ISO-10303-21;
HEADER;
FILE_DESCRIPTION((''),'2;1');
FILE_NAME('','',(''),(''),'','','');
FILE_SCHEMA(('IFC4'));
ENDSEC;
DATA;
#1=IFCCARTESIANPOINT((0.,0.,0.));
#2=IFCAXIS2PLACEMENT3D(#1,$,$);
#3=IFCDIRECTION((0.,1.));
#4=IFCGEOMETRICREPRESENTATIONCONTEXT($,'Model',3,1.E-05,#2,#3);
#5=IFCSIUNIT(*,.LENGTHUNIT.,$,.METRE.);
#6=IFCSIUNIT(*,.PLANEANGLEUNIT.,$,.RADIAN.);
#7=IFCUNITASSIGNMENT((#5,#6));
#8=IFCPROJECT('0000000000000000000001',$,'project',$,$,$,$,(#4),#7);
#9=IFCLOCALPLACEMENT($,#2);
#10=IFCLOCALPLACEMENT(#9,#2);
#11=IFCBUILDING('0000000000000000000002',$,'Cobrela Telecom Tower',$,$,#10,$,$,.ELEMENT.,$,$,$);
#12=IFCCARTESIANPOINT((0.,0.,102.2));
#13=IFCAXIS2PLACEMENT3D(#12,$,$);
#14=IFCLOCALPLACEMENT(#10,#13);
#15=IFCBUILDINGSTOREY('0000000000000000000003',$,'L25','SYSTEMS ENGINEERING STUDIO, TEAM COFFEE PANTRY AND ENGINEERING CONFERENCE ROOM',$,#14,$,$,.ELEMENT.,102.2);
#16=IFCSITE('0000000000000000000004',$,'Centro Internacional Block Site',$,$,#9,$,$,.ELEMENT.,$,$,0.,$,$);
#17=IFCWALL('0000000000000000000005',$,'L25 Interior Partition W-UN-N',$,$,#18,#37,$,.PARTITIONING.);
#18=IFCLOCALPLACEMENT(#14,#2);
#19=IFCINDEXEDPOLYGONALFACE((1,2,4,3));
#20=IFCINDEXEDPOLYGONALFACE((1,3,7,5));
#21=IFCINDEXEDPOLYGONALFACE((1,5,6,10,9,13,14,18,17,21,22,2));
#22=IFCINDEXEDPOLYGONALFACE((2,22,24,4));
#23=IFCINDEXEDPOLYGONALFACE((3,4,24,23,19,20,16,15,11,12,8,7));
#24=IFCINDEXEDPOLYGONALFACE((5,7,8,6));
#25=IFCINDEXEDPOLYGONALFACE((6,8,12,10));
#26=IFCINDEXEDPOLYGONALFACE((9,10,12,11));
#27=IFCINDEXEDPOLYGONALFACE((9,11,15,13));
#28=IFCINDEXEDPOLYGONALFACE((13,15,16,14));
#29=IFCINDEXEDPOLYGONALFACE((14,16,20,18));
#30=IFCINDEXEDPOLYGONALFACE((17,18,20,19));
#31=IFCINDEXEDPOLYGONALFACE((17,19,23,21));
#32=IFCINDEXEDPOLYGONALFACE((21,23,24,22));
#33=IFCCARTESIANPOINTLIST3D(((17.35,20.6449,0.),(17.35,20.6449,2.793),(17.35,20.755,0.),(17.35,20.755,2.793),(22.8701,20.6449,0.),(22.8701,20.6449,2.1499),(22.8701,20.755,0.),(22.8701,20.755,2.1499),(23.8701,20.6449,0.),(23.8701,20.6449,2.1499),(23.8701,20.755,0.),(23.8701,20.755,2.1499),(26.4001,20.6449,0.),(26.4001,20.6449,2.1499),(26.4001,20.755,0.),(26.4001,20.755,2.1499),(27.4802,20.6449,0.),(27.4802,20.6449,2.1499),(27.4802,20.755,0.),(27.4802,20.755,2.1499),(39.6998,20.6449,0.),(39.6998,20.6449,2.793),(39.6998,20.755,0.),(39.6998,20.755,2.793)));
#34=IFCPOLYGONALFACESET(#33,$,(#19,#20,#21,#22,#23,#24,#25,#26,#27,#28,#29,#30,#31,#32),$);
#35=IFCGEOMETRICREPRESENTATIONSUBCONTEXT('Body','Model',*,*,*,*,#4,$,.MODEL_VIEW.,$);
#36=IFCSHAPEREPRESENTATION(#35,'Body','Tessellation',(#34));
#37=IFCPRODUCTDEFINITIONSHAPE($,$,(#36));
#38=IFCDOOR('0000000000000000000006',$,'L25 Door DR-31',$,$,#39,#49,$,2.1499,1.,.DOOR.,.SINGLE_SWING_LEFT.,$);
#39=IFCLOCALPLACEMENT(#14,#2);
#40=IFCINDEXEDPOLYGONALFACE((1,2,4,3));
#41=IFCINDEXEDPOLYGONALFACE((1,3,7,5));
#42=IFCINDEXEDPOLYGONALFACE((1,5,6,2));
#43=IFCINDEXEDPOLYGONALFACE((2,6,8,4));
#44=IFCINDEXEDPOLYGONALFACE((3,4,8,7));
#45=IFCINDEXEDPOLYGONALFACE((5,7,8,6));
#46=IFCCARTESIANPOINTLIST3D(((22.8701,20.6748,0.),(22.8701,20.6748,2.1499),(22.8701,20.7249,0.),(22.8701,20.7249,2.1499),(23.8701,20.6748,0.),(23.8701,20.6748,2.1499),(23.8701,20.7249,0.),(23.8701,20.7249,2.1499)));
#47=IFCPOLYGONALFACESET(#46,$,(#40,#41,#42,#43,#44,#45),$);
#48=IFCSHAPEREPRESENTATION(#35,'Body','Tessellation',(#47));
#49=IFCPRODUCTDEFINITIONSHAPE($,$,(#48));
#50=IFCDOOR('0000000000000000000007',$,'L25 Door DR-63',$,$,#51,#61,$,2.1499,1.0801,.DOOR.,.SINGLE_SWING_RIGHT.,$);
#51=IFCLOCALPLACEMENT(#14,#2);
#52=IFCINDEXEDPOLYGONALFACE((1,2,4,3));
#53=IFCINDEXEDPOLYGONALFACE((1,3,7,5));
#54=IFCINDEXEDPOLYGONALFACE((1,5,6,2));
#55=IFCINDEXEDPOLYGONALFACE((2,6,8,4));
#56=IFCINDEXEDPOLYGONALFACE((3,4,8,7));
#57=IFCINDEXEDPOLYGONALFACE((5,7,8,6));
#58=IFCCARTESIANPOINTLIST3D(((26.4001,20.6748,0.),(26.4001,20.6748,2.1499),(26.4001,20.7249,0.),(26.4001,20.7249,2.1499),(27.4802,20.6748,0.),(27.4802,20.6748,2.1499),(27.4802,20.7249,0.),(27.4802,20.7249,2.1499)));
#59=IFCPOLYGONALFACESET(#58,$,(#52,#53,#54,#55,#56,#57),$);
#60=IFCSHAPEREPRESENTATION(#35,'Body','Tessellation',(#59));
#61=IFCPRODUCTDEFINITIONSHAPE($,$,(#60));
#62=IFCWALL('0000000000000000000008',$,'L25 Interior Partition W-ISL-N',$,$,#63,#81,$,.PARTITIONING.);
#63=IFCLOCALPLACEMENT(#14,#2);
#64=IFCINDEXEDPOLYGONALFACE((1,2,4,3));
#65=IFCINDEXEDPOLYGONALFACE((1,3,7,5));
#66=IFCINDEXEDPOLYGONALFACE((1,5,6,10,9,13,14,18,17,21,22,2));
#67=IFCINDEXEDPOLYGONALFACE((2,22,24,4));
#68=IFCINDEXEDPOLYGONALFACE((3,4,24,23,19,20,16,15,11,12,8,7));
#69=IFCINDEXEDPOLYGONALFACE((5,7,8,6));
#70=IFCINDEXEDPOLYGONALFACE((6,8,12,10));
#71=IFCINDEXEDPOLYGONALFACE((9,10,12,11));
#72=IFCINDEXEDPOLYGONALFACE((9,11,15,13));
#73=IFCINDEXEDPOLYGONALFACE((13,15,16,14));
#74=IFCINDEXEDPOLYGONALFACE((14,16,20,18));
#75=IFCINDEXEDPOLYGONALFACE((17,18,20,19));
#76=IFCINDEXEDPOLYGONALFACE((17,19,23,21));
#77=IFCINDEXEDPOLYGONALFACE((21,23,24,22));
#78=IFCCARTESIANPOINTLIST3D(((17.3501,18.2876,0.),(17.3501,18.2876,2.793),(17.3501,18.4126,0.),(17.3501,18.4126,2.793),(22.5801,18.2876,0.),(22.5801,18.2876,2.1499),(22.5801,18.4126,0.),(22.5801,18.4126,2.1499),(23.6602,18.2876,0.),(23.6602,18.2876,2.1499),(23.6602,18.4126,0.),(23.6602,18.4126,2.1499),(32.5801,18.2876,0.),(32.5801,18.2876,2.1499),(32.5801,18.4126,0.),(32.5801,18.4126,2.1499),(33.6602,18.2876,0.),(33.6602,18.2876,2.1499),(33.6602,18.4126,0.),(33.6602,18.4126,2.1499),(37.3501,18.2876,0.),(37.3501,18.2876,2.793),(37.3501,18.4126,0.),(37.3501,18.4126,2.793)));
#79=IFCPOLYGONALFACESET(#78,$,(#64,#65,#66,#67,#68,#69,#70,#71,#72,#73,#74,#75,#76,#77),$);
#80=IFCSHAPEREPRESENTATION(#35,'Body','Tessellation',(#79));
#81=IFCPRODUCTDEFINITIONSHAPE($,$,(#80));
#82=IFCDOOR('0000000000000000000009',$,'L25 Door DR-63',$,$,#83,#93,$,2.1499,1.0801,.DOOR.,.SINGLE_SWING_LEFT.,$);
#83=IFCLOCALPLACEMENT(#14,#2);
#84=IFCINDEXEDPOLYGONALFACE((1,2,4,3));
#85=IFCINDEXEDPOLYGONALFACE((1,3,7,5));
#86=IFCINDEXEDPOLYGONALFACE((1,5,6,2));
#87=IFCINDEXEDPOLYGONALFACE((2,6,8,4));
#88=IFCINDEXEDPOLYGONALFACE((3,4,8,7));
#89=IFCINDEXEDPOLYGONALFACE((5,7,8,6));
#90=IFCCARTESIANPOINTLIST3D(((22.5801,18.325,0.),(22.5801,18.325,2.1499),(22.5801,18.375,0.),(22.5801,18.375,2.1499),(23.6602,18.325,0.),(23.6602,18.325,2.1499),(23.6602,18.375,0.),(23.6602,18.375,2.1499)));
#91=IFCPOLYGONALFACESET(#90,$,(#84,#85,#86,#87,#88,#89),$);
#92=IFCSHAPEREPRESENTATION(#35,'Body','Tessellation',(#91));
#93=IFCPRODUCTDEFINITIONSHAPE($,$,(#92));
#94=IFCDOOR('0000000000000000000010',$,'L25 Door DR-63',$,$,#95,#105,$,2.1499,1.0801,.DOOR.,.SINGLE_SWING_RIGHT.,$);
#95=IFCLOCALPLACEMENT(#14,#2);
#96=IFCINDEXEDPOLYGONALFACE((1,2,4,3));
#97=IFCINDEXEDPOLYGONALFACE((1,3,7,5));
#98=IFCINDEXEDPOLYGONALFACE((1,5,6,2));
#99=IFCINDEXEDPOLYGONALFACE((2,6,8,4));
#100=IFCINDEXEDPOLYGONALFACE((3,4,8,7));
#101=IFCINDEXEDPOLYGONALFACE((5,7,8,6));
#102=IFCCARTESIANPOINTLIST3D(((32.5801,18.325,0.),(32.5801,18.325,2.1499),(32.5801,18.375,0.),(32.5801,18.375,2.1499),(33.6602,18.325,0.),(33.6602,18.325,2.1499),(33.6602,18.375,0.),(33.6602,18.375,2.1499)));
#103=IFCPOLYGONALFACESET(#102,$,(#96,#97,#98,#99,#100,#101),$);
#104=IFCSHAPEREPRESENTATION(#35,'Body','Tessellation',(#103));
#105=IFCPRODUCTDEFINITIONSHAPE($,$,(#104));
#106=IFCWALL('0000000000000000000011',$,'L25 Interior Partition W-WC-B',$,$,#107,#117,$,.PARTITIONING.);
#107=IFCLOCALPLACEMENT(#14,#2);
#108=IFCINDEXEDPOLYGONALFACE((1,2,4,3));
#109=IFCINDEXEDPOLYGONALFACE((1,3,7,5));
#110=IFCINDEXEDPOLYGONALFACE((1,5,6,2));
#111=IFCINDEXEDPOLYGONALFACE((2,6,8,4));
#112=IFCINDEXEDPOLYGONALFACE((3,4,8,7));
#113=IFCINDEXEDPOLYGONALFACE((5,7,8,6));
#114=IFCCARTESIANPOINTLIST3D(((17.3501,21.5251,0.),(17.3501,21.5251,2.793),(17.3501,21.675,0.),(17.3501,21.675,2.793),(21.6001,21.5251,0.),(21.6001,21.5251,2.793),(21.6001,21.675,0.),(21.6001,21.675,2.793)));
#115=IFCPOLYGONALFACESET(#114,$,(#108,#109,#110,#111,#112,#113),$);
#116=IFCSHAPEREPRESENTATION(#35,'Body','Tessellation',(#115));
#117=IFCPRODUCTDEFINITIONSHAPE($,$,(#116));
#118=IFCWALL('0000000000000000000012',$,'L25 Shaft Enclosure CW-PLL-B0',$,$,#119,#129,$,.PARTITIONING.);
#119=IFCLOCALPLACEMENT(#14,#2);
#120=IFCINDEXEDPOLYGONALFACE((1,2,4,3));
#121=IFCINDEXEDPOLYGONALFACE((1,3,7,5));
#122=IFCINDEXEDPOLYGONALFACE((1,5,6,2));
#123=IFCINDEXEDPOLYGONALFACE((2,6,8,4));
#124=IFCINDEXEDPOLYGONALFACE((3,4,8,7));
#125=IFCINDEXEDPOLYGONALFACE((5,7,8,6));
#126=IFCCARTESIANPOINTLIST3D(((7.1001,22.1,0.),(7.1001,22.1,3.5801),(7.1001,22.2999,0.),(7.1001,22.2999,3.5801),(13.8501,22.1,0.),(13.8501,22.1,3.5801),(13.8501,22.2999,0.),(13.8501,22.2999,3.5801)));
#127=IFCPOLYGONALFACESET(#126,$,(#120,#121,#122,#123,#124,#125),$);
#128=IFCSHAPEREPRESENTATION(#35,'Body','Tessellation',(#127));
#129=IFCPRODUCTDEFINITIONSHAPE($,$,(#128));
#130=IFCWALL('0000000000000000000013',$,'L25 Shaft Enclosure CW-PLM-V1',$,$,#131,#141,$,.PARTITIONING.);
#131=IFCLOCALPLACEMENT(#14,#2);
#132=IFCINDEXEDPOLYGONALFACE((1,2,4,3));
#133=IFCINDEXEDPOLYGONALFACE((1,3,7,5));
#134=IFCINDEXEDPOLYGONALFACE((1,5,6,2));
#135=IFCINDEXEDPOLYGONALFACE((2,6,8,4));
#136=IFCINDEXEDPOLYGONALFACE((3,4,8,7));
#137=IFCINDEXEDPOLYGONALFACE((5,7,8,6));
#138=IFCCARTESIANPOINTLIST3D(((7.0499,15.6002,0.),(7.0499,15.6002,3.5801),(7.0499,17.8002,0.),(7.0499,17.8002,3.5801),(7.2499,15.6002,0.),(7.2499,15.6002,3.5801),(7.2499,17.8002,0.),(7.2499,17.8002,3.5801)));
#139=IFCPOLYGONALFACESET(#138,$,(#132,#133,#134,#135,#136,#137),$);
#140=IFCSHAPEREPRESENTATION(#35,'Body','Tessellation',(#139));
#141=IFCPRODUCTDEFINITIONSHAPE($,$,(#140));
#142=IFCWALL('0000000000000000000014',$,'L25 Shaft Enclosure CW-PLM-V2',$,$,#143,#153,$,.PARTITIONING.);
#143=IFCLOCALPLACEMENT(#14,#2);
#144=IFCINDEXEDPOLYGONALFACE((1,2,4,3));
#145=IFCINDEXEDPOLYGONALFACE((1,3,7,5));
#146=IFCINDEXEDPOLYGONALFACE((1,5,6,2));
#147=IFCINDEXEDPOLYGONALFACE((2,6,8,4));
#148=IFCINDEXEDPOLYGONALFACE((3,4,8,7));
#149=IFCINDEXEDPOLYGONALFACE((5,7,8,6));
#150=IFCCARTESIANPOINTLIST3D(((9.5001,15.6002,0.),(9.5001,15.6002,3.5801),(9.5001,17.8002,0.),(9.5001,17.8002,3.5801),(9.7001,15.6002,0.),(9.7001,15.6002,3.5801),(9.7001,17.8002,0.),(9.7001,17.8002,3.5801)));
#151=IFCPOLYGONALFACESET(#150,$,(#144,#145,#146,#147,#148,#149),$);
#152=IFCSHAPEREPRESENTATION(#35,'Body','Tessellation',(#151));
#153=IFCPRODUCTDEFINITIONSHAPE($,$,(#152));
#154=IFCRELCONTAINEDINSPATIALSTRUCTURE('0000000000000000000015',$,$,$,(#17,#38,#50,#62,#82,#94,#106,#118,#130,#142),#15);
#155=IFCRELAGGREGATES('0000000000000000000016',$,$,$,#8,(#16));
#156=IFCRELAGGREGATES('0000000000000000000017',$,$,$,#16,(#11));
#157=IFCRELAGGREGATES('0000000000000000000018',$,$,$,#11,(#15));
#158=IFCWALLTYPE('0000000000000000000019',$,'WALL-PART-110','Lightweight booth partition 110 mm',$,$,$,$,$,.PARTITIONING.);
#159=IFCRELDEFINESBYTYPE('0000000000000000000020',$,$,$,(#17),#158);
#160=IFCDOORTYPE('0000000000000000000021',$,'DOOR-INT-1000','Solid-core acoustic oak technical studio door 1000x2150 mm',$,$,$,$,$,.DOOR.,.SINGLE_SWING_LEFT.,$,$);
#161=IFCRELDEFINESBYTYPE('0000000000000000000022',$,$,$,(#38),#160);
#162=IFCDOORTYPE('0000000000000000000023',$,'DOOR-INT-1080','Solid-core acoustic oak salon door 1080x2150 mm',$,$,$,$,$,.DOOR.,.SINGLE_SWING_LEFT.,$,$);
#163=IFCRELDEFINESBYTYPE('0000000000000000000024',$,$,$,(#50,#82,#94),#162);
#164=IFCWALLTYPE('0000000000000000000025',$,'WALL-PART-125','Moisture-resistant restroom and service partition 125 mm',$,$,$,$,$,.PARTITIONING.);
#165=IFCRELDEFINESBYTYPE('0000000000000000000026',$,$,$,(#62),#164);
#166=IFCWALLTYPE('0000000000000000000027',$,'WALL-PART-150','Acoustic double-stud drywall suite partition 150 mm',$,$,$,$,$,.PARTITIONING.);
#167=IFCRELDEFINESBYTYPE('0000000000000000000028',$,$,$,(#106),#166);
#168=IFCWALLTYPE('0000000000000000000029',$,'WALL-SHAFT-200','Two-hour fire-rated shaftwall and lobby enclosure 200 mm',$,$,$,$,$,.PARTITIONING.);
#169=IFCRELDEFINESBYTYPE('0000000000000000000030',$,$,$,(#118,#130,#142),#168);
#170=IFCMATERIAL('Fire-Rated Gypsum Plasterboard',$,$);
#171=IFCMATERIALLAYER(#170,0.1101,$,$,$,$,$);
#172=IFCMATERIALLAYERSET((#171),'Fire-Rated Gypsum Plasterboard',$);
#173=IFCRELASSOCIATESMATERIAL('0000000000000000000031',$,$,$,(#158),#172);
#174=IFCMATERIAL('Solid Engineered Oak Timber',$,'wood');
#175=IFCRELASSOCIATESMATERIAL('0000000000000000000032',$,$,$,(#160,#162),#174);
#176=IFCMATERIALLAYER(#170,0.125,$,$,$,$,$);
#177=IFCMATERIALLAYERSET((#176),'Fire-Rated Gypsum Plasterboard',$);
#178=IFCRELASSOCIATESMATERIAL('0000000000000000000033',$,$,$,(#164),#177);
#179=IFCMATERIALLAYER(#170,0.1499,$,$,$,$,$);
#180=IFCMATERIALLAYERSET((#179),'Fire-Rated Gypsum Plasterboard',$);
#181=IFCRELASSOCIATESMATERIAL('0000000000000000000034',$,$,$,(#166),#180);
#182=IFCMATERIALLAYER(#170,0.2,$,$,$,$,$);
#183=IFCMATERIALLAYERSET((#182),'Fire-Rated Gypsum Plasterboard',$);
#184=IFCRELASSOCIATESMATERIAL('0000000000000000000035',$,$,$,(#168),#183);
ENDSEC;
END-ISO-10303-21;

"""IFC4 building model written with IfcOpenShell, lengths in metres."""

from ifc_helpers import new_model, si_unit, direction, frame, frame_2d, origin, place, context, subcontext, project, spatial, rectangle, extrude, material, layer, layer_set, type_object, element, fill, save


model = new_model("IFC4")

# Units and contexts
model_context = context("Model", 3, precision=1e-05, world=origin(), true_north=direction((0.0, 1.0)))
body_context = subcontext(model_context, "Body", "Model", "MODEL_VIEW")
ifc_project = project(units=[si_unit("LENGTHUNIT", "METRE"), si_unit("PLANEANGLEUNIT", "RADIAN")], contexts=[model_context])

# Site, building, storey
site_placement = place(None, origin())
site = spatial("IfcSite", under=ifc_project, at=site_placement, Name="Centro Internacional Block Site", CompositionType="ELEMENT", RefElevation=0.0)
building_placement = place(site_placement, origin())
building = spatial("IfcBuilding", under=site, at=building_placement, Name="Cobrela Telecom Tower", CompositionType="ELEMENT")
storey_placement = place(building_placement, frame((0.0, 0.0, 102.2)))
storey = spatial("IfcBuildingStorey", under=building, at=storey_placement, Name="L25", Description="SYSTEMS ENGINEERING STUDIO, TEAM COFFEE PANTRY AND ENGINEERING CONFERENCE ROOM", CompositionType="ELEMENT", Elevation=102.2)

# Walls, openings, doors
ifc_material_1 = material(Name="Fire-Rated Gypsum Plasterboard")
ifc_layer_1 = layer(ifc_material_1, 0.1101)
ifc_layer_set_1 = layer_set([ifc_layer_1], Name="Fire-Rated Gypsum Plasterboard")
wall_type_1 = type_object("IfcWallType", Name="WALL-PART-110", Description="Lightweight booth partition 110 mm", PredefinedType="PARTITIONING", material=ifc_layer_set_1)
wall_1_placement = place(storey_placement, frame((17.3501, 20.7, 0.0), z_axis=(0.0, 0.0, 1.0), x_axis=(1.0, 0.0, 0.0)))
wall_1 = element("IfcWall", 1, at=wall_1_placement, inside=storey, type_object=wall_type_1, Name="L25 Interior Partition W-UN-N", PredefinedType="PARTITIONING", context=body_context, shape_type="SweptSolid", body=[
    extrude(rectangle(XDim=22.3499, YDim=0.1101, at=frame_2d((11.1748, 0.0))), origin(), (0.0, 0.0, 1.0), 2.793),
])
opening_1_placement = place(wall_1_placement, frame((5.52, 0.0, 0.0)))
opening_1 = element("IfcOpeningElement", 2, at=opening_1_placement, cuts=wall_1, PredefinedType="OPENING", context=body_context, shape_type="SweptSolid", body=[
    extrude(rectangle(XDim=1.0, YDim=2.1499, at=frame_2d((0.5, 1.075))), frame((0.0, 0.0669, 0.0), z_axis=(0.0, -1.0, 0.0), x_axis=(1.0, 0.0, 0.0)), (0.0, 0.0, 1.0), 0.134),
])
opening_2_placement = place(wall_1_placement, frame((9.05, 0.0, 0.0)))
opening_2 = element("IfcOpeningElement", 3, at=opening_2_placement, cuts=wall_1, PredefinedType="OPENING", context=body_context, shape_type="SweptSolid", body=[
    extrude(rectangle(XDim=1.0801, YDim=2.1499, at=frame_2d((0.54, 1.075))), frame((0.0, 0.0669, 0.0), z_axis=(0.0, -1.0, 0.0), x_axis=(1.0, 0.0, 0.0)), (0.0, 0.0, 1.0), 0.134),
])
ifc_material_2 = material(Name="Solid Engineered Oak Timber", Category="wood")
door_type_1 = type_object("IfcDoorType", Name="DOOR-INT-1000", Description="Solid-core acoustic oak technical studio door 1000x2150 mm", OperationType="SINGLE_SWING_LEFT", PredefinedType="DOOR", material=ifc_material_2)
door_1_placement = place(opening_1_placement, origin())
door_1 = element("IfcDoor", 4, at=door_1_placement, inside=storey, type_object=door_type_1, Name="L25 Door DR-31", OperationType="SINGLE_SWING_LEFT", OverallHeight=2.1499, OverallWidth=1.0, PredefinedType="DOOR", context=body_context, shape_type="SweptSolid", body=[
    extrude(rectangle(XDim=1.0, YDim=2.1499, at=frame_2d((0.5, 1.075))), frame((0.0, 0.0249, 0.0), z_axis=(0.0, -1.0, 0.0), x_axis=(1.0, 0.0, 0.0)), (0.0, 0.0, 1.0), 0.05),
])
fill(opening_1, door_1)
door_type_2 = type_object("IfcDoorType", Name="DOOR-INT-1080", Description="Solid-core acoustic oak salon door 1080x2150 mm", OperationType="SINGLE_SWING_LEFT", PredefinedType="DOOR", material=ifc_material_2)
door_2_placement = place(opening_2_placement, origin())
door_2 = element("IfcDoor", 5, at=door_2_placement, inside=storey, type_object=door_type_2, Name="L25 Door DR-63", OperationType="SINGLE_SWING_RIGHT", OverallHeight=2.1499, OverallWidth=1.0801, PredefinedType="DOOR", context=body_context, shape_type="SweptSolid", body=[
    extrude(rectangle(XDim=1.0801, YDim=2.1499, at=frame_2d((0.54, 1.075))), frame((0.0, 0.0249, 0.0), z_axis=(0.0, -1.0, 0.0), x_axis=(1.0, 0.0, 0.0)), (0.0, 0.0, 1.0), 0.05),
])
fill(opening_2, door_2)
ifc_layer_2 = layer(ifc_material_1, 0.125)
ifc_layer_set_2 = layer_set([ifc_layer_2], Name="Fire-Rated Gypsum Plasterboard")
wall_type_2 = type_object("IfcWallType", Name="WALL-PART-125", Description="Moisture-resistant restroom and service partition 125 mm", PredefinedType="PARTITIONING", material=ifc_layer_set_2)
wall_2_placement = place(storey_placement, frame((17.3501, 18.3501, 0.0), z_axis=(0.0, 0.0, 1.0), x_axis=(1.0, 0.0, 0.0)))
wall_2 = element("IfcWall", 6, at=wall_2_placement, inside=storey, type_object=wall_type_2, Name="L25 Interior Partition W-ISL-N", PredefinedType="PARTITIONING", context=body_context, shape_type="SweptSolid", body=[
    extrude(rectangle(XDim=20.0, YDim=0.125, at=frame_2d((10.0, 0.0))), origin(), (0.0, 0.0, 1.0), 2.793),
])
opening_3_placement = place(wall_2_placement, frame((5.23, 0.0, 0.0)))
opening_3 = element("IfcOpeningElement", 7, at=opening_3_placement, cuts=wall_2, PredefinedType="OPENING", context=body_context, shape_type="SweptSolid", body=[
    extrude(rectangle(XDim=1.0801, YDim=2.1499, at=frame_2d((0.54, 1.075))), frame((0.0, 0.0745, 0.0), z_axis=(0.0, -1.0, 0.0), x_axis=(1.0, 0.0, 0.0)), (0.0, 0.0, 1.0), 0.1489),
])
opening_4_placement = place(wall_2_placement, frame((15.23, 0.0, 0.0)))
opening_4 = element("IfcOpeningElement", 8, at=opening_4_placement, cuts=wall_2, PredefinedType="OPENING", context=body_context, shape_type="SweptSolid", body=[
    extrude(rectangle(XDim=1.0801, YDim=2.1499, at=frame_2d((0.54, 1.075))), frame((0.0, 0.0745, 0.0), z_axis=(0.0, -1.0, 0.0), x_axis=(1.0, 0.0, 0.0)), (0.0, 0.0, 1.0), 0.1489),
])
door_3_placement = place(opening_3_placement, origin())
door_3 = element("IfcDoor", 9, at=door_3_placement, inside=storey, type_object=door_type_2, Name="L25 Door DR-63", OperationType="SINGLE_SWING_LEFT", OverallHeight=2.1499, OverallWidth=1.0801, PredefinedType="DOOR", context=body_context, shape_type="SweptSolid", body=[
    extrude(rectangle(XDim=1.0801, YDim=2.1499, at=frame_2d((0.54, 1.075))), frame((0.0, 0.0249, 0.0), z_axis=(0.0, -1.0, 0.0), x_axis=(1.0, 0.0, 0.0)), (0.0, 0.0, 1.0), 0.05),
])
fill(opening_3, door_3)
door_4_placement = place(opening_4_placement, origin())
door_4 = element("IfcDoor", 10, at=door_4_placement, inside=storey, type_object=door_type_2, Name="L25 Door DR-63", OperationType="SINGLE_SWING_RIGHT", OverallHeight=2.1499, OverallWidth=1.0801, PredefinedType="DOOR", context=body_context, shape_type="SweptSolid", body=[
    extrude(rectangle(XDim=1.0801, YDim=2.1499, at=frame_2d((0.54, 1.075))), frame((0.0, 0.0249, 0.0), z_axis=(0.0, -1.0, 0.0), x_axis=(1.0, 0.0, 0.0)), (0.0, 0.0, 1.0), 0.05),
])
fill(opening_4, door_4)

# Wall
ifc_layer_3 = layer(ifc_material_1, 0.1499)
ifc_layer_set_3 = layer_set([ifc_layer_3], Name="Fire-Rated Gypsum Plasterboard")
wall_type_3 = type_object("IfcWallType", Name="WALL-PART-150", Description="Acoustic double-stud drywall suite partition 150 mm", PredefinedType="PARTITIONING", material=ifc_layer_set_3)
wall_3_placement = place(storey_placement, frame((17.3501, 21.6001, 0.0), z_axis=(0.0, 0.0, 1.0), x_axis=(1.0, 0.0, 0.0)))
element("IfcWall", 11, at=wall_3_placement, inside=storey, type_object=wall_type_3, Name="L25 Interior Partition W-WC-B", PredefinedType="PARTITIONING", context=body_context, shape_type="SweptSolid", body=[
    extrude(rectangle(XDim=4.25, YDim=0.1499, at=frame_2d((2.125, 0.0))), origin(), (0.0, 0.0, 1.0), 2.793),
])

# Walls
ifc_layer_4 = layer(ifc_material_1, 0.2)
ifc_layer_set_4 = layer_set([ifc_layer_4], Name="Fire-Rated Gypsum Plasterboard")
wall_type_4 = type_object("IfcWallType", Name="WALL-SHAFT-200", Description="Two-hour fire-rated shaftwall and lobby enclosure 200 mm", PredefinedType="PARTITIONING", material=ifc_layer_set_4)
wall_4_placement = place(storey_placement, frame((7.1001, 22.2, 0.0), z_axis=(0.0, 0.0, 1.0), x_axis=(1.0, 0.0, 0.0)))
element("IfcWall", 12, at=wall_4_placement, inside=storey, type_object=wall_type_4, Name="L25 Shaft Enclosure CW-PLL-B0", PredefinedType="PARTITIONING", context=body_context, shape_type="SweptSolid", body=[
    extrude(rectangle(XDim=6.75, YDim=0.2, at=frame_2d((3.375, 0.0))), origin(), (0.0, 0.0, 1.0), 3.5801),
])
for number, where, z_axis, x_axis, name in (
    (13, (7.1499, 15.6001, 0.0), (0.0, 0.0, 1.0), (0.0, 1.0, 0.0), "L25 Shaft Enclosure CW-PLM-V1"),
    (14, (9.6001, 15.6001, 0.0), (0.0, 0.0, 1.0), (0.0, 1.0, 0.0), "L25 Shaft Enclosure CW-PLM-V2"),
):
    element("IfcWall", number, at=place(storey_placement, frame(where, z_axis=z_axis, x_axis=x_axis)), inside=storey, type_object=wall_type_4, Name=name, PredefinedType="PARTITIONING", context=body_context, shape_type="SweptSolid", body=[
        extrude(rectangle(XDim=2.2, YDim=0.2, at=frame_2d((1.1001, 0.0))), origin(), (0.0, 0.0, 1.0), 3.5801),
    ])

save(model, "model.ifc")
